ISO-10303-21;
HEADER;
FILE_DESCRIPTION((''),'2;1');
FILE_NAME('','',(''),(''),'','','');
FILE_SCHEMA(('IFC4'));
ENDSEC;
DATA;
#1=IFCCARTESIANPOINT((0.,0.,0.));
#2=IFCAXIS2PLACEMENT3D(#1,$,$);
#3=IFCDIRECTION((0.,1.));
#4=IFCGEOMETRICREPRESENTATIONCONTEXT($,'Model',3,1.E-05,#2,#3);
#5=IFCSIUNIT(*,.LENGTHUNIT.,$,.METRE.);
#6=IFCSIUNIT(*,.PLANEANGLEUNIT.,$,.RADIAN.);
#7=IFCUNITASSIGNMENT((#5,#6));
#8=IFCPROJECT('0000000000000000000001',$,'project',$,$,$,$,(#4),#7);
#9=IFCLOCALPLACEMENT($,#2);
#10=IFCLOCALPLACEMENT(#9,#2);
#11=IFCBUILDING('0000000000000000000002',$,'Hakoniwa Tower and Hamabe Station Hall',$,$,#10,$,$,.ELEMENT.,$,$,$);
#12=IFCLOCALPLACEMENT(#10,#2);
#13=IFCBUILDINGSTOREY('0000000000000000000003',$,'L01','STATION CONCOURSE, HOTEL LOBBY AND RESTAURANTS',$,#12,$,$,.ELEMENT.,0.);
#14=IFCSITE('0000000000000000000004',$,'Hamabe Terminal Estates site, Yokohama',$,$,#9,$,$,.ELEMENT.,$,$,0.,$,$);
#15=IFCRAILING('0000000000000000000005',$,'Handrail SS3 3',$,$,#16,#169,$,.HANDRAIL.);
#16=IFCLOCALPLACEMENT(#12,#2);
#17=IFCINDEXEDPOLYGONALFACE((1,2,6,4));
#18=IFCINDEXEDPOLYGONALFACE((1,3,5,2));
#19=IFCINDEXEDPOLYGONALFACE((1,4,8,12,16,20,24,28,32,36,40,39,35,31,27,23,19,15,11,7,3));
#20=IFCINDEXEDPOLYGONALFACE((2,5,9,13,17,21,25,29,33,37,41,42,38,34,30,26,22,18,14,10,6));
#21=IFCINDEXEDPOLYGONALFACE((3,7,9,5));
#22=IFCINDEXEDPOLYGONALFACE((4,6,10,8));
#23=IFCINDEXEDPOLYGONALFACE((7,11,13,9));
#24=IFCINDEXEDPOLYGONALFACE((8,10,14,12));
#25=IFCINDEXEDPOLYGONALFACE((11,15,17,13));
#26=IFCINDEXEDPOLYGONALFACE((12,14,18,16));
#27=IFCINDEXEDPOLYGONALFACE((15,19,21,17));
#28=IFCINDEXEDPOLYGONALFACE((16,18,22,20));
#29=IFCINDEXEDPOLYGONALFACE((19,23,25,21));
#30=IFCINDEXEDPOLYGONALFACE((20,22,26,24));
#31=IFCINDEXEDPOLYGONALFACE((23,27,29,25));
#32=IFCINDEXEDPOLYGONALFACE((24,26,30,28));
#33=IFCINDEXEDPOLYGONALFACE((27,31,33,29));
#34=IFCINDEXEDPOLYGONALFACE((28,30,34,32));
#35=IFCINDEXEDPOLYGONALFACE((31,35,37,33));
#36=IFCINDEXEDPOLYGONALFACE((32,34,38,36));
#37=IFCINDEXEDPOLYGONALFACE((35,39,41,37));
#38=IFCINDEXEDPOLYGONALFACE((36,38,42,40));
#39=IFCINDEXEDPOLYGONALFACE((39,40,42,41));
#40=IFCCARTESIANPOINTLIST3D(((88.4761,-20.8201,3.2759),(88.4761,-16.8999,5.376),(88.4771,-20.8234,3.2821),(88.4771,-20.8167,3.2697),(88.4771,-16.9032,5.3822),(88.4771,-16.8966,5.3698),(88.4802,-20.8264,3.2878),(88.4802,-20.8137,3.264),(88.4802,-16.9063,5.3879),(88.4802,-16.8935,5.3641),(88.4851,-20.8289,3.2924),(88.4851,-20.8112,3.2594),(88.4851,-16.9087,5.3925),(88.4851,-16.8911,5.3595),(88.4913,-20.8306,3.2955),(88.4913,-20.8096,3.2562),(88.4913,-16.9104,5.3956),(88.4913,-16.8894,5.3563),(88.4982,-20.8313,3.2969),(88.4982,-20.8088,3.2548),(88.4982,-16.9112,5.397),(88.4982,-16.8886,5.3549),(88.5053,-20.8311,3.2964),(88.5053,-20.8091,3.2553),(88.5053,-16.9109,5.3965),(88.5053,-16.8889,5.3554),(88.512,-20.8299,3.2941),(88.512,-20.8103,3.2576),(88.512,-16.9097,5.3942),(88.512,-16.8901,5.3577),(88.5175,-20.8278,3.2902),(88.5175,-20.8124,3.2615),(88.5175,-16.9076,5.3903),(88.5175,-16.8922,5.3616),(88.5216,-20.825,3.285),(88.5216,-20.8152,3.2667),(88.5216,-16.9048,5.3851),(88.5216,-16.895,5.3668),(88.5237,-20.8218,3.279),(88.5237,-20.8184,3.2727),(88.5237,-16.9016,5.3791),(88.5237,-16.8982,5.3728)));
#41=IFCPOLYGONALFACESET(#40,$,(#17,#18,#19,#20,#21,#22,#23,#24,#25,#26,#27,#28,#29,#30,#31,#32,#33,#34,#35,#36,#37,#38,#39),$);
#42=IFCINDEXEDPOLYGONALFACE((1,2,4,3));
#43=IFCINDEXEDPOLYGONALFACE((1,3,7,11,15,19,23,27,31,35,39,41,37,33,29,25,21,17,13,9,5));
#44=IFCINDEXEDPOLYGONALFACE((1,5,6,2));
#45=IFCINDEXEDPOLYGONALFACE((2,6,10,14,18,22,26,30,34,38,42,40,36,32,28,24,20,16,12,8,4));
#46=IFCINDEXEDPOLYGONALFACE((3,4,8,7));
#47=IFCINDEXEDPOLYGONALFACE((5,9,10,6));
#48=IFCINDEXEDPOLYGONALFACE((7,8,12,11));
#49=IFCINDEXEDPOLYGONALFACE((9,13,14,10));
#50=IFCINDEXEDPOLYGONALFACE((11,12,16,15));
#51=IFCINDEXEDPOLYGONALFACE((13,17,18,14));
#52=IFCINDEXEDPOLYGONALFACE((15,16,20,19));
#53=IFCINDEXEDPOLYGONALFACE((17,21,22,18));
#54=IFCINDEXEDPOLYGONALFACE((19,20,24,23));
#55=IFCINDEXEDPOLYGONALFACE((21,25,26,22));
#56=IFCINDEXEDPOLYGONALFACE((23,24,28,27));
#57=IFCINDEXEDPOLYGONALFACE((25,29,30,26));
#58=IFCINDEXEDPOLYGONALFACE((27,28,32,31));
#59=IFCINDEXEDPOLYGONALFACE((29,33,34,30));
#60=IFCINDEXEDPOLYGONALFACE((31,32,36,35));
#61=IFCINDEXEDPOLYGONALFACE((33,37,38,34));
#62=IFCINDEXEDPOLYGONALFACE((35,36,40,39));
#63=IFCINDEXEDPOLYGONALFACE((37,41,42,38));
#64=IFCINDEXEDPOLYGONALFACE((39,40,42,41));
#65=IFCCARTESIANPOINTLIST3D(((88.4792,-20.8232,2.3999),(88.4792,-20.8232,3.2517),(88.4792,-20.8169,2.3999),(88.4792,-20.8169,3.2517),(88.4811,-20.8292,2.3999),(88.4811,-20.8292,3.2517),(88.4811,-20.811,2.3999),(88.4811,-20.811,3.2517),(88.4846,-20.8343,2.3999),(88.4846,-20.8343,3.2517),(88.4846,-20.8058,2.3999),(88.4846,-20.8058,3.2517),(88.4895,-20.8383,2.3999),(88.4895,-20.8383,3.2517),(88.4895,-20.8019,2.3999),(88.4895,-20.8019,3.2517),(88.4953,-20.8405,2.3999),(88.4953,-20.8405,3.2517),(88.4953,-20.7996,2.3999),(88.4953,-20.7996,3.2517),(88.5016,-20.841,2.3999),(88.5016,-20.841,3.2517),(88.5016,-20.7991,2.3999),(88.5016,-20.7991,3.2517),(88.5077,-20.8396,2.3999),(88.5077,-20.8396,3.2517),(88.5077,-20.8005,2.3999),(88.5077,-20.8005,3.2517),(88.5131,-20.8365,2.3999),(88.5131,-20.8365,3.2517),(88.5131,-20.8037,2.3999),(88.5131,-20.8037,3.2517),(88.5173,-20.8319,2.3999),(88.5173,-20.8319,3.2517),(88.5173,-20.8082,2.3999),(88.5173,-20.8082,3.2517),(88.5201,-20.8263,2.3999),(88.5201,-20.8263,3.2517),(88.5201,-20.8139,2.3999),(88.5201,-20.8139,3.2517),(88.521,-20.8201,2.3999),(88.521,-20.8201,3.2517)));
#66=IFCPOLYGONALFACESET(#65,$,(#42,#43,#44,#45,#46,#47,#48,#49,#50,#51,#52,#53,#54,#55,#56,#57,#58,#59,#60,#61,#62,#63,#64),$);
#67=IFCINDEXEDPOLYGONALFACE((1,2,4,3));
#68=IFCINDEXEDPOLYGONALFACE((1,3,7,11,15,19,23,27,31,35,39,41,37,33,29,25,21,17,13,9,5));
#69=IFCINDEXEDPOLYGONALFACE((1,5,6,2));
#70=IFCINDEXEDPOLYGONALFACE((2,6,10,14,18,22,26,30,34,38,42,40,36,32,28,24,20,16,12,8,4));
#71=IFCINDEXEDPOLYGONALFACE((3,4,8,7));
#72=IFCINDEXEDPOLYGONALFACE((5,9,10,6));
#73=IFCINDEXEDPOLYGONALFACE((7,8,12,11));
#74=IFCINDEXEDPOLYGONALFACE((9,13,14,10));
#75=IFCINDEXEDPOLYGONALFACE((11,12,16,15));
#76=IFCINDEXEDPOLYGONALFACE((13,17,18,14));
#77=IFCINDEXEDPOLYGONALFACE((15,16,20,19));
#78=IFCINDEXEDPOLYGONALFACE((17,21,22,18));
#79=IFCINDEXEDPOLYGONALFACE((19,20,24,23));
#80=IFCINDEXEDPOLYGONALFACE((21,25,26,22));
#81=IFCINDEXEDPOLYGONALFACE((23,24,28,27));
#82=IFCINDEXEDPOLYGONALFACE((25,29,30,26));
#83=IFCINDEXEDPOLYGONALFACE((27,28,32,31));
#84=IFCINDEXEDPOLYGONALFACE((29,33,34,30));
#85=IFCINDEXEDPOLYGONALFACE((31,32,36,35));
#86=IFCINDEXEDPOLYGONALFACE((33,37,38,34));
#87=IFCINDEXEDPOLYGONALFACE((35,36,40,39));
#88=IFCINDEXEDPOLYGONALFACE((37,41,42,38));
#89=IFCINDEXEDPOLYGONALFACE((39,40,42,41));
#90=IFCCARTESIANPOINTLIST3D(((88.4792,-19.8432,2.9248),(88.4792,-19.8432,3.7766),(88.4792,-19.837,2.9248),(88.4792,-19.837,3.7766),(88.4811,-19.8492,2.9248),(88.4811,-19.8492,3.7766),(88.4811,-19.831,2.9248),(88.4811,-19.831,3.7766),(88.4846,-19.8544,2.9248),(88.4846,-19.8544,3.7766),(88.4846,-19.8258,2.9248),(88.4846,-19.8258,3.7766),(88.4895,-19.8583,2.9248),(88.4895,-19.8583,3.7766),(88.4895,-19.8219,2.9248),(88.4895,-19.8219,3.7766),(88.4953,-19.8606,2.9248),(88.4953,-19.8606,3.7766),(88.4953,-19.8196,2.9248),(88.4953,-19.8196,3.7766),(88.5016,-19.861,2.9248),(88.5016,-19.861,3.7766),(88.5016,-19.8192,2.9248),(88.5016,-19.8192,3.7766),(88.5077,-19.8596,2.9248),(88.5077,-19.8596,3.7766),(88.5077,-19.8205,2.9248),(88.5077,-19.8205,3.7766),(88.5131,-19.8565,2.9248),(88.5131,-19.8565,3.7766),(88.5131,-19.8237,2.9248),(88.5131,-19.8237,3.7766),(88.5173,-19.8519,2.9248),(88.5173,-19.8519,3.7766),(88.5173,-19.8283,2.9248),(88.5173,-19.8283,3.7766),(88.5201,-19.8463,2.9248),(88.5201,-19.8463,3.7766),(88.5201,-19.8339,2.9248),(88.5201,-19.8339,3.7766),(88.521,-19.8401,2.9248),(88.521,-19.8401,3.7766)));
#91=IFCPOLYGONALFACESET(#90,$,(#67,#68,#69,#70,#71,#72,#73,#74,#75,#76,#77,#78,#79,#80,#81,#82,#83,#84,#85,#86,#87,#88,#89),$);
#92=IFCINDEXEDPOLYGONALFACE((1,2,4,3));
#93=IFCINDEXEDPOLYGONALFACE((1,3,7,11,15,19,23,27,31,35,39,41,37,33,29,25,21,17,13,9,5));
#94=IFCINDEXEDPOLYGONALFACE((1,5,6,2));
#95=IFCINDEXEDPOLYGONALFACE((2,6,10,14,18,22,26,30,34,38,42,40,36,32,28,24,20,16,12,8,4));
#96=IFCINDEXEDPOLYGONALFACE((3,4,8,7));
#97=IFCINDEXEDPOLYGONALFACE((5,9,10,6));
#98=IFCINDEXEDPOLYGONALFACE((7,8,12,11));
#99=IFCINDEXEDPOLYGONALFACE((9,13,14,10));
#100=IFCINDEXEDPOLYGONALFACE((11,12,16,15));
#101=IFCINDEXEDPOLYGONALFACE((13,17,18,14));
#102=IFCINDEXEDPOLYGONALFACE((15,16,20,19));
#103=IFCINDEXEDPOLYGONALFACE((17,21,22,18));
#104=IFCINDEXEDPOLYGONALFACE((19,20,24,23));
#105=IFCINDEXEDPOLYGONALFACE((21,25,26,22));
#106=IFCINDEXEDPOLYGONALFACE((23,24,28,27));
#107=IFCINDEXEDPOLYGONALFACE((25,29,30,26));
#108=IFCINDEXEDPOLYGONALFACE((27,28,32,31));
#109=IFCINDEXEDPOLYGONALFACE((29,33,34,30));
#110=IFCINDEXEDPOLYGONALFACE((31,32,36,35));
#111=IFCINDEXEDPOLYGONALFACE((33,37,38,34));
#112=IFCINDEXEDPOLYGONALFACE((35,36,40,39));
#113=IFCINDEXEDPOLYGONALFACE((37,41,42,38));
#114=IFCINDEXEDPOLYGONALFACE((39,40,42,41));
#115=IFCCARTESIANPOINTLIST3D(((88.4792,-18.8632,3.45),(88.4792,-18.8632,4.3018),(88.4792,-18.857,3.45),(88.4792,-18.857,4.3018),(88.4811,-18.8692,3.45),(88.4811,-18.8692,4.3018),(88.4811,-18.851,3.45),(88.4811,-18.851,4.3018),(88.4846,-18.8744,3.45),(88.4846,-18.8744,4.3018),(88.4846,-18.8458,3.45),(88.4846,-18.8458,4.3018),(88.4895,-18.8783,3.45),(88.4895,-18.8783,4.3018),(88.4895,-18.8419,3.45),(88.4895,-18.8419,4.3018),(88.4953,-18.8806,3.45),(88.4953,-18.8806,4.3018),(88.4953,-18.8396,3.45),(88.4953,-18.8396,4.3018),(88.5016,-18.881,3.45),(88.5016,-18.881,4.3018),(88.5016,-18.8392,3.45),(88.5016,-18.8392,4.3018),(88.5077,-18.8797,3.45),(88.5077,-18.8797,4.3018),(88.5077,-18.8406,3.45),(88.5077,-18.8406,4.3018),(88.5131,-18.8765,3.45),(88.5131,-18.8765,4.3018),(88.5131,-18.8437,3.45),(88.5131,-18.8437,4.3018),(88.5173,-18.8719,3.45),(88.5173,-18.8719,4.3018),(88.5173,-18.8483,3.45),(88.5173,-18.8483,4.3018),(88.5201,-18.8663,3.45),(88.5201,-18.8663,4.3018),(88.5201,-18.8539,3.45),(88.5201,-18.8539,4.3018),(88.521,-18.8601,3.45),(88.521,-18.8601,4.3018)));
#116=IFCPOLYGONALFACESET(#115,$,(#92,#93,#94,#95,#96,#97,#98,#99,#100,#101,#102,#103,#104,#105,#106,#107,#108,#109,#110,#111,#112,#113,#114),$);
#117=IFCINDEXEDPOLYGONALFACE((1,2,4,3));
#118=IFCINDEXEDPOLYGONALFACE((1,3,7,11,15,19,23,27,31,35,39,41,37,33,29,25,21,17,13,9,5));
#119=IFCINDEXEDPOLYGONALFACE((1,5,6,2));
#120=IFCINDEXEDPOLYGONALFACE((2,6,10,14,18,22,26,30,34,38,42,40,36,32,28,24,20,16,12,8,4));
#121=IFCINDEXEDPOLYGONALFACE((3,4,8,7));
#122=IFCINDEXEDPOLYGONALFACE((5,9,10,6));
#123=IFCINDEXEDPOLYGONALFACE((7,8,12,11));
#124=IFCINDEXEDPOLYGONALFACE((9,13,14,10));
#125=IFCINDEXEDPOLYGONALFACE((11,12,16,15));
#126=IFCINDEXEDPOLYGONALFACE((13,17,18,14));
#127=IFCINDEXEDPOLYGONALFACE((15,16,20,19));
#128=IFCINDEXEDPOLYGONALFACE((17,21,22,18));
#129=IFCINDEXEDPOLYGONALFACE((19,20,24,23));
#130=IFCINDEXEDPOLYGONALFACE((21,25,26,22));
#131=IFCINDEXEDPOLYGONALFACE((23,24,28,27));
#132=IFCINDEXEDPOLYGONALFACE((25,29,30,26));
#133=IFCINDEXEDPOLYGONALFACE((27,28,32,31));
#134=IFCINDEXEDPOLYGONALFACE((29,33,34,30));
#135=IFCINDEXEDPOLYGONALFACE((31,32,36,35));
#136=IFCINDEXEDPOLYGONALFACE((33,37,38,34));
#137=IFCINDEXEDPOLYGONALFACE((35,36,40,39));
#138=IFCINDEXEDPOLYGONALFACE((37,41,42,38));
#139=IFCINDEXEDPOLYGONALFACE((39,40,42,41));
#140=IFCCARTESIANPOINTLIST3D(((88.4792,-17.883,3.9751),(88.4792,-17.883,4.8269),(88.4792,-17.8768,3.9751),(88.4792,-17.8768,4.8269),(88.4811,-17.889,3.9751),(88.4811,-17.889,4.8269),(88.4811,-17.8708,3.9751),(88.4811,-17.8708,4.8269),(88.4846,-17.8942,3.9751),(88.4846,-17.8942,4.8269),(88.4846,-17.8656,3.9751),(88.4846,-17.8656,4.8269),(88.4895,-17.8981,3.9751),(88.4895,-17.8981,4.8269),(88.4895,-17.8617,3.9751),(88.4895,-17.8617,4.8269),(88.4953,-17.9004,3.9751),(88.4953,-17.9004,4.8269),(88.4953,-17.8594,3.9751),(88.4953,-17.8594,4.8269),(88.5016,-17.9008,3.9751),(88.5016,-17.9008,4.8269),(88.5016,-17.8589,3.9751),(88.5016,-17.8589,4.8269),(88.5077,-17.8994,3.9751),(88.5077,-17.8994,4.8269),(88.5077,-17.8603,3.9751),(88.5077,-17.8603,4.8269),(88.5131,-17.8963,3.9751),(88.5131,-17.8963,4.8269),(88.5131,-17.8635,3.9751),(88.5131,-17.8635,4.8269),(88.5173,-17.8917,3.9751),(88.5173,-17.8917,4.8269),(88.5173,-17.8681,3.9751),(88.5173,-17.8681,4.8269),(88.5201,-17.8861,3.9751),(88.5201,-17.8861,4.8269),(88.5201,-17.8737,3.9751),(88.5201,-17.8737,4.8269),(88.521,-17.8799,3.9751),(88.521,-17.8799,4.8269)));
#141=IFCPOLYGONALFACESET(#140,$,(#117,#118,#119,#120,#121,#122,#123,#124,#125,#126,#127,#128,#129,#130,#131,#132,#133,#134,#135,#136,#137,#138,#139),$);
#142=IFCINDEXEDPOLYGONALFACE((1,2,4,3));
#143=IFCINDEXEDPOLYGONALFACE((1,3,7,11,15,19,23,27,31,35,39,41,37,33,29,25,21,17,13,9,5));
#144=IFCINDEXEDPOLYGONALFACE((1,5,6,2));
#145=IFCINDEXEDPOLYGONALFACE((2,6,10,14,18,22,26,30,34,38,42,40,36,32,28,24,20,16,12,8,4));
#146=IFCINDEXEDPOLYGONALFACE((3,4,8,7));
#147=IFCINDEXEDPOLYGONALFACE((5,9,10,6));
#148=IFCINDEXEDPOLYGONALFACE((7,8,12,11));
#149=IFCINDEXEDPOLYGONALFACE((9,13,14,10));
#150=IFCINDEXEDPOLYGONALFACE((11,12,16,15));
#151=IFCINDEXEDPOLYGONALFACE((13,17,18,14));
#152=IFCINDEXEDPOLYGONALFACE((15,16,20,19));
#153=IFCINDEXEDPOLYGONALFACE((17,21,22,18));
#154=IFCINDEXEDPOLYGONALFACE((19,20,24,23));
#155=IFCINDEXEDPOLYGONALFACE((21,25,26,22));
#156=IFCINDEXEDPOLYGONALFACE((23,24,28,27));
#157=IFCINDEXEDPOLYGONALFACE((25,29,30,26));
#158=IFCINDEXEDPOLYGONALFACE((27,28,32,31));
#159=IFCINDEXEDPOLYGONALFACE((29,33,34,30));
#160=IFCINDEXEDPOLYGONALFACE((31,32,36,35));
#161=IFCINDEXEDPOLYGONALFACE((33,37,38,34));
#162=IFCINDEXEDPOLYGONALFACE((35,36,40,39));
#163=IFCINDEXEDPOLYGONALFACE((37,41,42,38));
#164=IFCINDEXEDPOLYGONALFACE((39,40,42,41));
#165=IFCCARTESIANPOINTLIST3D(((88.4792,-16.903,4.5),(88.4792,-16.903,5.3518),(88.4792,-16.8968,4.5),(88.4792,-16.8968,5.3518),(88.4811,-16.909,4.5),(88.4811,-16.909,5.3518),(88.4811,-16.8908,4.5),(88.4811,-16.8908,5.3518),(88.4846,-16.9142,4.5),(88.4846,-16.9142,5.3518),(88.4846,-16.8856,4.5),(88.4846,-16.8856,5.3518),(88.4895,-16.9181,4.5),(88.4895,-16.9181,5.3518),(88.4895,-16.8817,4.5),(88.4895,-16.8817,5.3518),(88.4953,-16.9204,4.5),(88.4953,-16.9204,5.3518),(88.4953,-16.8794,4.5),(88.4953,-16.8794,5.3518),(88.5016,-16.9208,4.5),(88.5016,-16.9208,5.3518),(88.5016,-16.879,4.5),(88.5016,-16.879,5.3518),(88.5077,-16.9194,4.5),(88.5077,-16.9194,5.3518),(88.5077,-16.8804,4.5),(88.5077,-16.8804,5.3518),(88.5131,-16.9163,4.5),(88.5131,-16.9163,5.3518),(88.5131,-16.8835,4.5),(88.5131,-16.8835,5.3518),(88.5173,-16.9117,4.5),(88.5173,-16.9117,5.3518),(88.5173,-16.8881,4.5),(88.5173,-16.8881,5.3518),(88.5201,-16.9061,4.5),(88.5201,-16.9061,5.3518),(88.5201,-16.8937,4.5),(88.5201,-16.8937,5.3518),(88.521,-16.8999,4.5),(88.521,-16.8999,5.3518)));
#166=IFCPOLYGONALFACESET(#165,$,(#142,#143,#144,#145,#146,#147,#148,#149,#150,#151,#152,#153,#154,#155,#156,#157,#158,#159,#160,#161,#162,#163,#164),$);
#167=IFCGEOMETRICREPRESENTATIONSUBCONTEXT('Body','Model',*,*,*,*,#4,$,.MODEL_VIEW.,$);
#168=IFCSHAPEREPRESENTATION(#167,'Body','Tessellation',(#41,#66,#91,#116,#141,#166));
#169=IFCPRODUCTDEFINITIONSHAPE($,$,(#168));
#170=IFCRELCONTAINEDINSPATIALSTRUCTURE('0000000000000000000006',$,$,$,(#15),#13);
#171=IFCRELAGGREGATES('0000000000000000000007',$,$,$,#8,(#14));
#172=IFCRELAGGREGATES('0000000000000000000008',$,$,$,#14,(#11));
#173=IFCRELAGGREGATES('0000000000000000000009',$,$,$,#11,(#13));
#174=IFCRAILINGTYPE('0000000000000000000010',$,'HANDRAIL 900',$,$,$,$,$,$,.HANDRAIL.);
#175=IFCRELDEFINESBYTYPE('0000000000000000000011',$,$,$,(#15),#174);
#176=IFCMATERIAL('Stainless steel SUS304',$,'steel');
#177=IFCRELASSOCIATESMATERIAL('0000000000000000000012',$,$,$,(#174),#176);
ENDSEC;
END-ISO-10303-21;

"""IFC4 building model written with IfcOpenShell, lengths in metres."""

from ifc_helpers import new_model, si_unit, direction, frame, origin, origin_2d, place, context, subcontext, project, spatial, circle, extrude, material, type_object, element, save


model = new_model("IFC4")

# Units and contexts
model_context = context("Model", 3, precision=1e-05, world=origin(), true_north=direction((0.0, 1.0)))
body_context = subcontext(model_context, "Body", "Model", "MODEL_VIEW")
ifc_project = project(units=[si_unit("LENGTHUNIT", "METRE"), si_unit("PLANEANGLEUNIT", "RADIAN")], contexts=[model_context])

# Site, building, storey
site_placement = place(None, origin())
site = spatial("IfcSite", under=ifc_project, at=site_placement, Name="Hamabe Terminal Estates site, Yokohama", CompositionType="ELEMENT", RefElevation=0.0)
building_placement = place(site_placement, origin())
building = spatial("IfcBuilding", under=site, at=building_placement, Name="Hakoniwa Tower and Hamabe Station Hall", CompositionType="ELEMENT")
storey_placement = place(building_placement, origin())
storey = spatial("IfcBuildingStorey", under=building, at=storey_placement, Name="L01", Description="STATION CONCOURSE, HOTEL LOBBY AND RESTAURANTS", CompositionType="ELEMENT", Elevation=0.0)

# Railing
ifc_material_1 = material(Name="Stainless steel SUS304", Category="steel")
railing_type = type_object("IfcRailingType", Name="HANDRAIL 900", PredefinedType="HANDRAIL", material=ifc_material_1)
railing_1_placement = place(storey_placement, frame((88.5, -20.8201, 2.3999)))
element("IfcRailing", 1, at=railing_1_placement, inside=storey, type_object=railing_type, Name="Handrail SS3 3", PredefinedType="HANDRAIL", context=body_context, shape_type="SweptSolid", body=[
    extrude(circle(Radius=0.0239, at=origin_2d()), frame((0.0, 0.0, 0.876), z_axis=(0.0, 0.881479, 0.472223), x_axis=(-1.0, 0.0, 0.0)), (0.0, 0.0, 1.0), 4.4473),
    extrude(circle(Radius=0.021, at=origin_2d()), origin(), (0.0, 0.0, 1.0), 0.8518),
    extrude(circle(Radius=0.021, at=origin_2d()), frame((0.0, 0.98, 0.5249)), (0.0, 0.0, 1.0), 0.8518),
    extrude(circle(Radius=0.021, at=origin_2d()), frame((0.0, 1.96, 1.05)), (0.0, 0.0, 1.0), 0.8518),
    extrude(circle(Radius=0.021, at=origin_2d()), frame((0.0, 2.9402, 1.5752)), (0.0, 0.0, 1.0), 0.8518),
    extrude(circle(Radius=0.021, at=origin_2d()), frame((0.0, 3.9202, 2.1001)), (0.0, 0.0, 1.0), 0.8518),
])

save(model, "model.ifc")
